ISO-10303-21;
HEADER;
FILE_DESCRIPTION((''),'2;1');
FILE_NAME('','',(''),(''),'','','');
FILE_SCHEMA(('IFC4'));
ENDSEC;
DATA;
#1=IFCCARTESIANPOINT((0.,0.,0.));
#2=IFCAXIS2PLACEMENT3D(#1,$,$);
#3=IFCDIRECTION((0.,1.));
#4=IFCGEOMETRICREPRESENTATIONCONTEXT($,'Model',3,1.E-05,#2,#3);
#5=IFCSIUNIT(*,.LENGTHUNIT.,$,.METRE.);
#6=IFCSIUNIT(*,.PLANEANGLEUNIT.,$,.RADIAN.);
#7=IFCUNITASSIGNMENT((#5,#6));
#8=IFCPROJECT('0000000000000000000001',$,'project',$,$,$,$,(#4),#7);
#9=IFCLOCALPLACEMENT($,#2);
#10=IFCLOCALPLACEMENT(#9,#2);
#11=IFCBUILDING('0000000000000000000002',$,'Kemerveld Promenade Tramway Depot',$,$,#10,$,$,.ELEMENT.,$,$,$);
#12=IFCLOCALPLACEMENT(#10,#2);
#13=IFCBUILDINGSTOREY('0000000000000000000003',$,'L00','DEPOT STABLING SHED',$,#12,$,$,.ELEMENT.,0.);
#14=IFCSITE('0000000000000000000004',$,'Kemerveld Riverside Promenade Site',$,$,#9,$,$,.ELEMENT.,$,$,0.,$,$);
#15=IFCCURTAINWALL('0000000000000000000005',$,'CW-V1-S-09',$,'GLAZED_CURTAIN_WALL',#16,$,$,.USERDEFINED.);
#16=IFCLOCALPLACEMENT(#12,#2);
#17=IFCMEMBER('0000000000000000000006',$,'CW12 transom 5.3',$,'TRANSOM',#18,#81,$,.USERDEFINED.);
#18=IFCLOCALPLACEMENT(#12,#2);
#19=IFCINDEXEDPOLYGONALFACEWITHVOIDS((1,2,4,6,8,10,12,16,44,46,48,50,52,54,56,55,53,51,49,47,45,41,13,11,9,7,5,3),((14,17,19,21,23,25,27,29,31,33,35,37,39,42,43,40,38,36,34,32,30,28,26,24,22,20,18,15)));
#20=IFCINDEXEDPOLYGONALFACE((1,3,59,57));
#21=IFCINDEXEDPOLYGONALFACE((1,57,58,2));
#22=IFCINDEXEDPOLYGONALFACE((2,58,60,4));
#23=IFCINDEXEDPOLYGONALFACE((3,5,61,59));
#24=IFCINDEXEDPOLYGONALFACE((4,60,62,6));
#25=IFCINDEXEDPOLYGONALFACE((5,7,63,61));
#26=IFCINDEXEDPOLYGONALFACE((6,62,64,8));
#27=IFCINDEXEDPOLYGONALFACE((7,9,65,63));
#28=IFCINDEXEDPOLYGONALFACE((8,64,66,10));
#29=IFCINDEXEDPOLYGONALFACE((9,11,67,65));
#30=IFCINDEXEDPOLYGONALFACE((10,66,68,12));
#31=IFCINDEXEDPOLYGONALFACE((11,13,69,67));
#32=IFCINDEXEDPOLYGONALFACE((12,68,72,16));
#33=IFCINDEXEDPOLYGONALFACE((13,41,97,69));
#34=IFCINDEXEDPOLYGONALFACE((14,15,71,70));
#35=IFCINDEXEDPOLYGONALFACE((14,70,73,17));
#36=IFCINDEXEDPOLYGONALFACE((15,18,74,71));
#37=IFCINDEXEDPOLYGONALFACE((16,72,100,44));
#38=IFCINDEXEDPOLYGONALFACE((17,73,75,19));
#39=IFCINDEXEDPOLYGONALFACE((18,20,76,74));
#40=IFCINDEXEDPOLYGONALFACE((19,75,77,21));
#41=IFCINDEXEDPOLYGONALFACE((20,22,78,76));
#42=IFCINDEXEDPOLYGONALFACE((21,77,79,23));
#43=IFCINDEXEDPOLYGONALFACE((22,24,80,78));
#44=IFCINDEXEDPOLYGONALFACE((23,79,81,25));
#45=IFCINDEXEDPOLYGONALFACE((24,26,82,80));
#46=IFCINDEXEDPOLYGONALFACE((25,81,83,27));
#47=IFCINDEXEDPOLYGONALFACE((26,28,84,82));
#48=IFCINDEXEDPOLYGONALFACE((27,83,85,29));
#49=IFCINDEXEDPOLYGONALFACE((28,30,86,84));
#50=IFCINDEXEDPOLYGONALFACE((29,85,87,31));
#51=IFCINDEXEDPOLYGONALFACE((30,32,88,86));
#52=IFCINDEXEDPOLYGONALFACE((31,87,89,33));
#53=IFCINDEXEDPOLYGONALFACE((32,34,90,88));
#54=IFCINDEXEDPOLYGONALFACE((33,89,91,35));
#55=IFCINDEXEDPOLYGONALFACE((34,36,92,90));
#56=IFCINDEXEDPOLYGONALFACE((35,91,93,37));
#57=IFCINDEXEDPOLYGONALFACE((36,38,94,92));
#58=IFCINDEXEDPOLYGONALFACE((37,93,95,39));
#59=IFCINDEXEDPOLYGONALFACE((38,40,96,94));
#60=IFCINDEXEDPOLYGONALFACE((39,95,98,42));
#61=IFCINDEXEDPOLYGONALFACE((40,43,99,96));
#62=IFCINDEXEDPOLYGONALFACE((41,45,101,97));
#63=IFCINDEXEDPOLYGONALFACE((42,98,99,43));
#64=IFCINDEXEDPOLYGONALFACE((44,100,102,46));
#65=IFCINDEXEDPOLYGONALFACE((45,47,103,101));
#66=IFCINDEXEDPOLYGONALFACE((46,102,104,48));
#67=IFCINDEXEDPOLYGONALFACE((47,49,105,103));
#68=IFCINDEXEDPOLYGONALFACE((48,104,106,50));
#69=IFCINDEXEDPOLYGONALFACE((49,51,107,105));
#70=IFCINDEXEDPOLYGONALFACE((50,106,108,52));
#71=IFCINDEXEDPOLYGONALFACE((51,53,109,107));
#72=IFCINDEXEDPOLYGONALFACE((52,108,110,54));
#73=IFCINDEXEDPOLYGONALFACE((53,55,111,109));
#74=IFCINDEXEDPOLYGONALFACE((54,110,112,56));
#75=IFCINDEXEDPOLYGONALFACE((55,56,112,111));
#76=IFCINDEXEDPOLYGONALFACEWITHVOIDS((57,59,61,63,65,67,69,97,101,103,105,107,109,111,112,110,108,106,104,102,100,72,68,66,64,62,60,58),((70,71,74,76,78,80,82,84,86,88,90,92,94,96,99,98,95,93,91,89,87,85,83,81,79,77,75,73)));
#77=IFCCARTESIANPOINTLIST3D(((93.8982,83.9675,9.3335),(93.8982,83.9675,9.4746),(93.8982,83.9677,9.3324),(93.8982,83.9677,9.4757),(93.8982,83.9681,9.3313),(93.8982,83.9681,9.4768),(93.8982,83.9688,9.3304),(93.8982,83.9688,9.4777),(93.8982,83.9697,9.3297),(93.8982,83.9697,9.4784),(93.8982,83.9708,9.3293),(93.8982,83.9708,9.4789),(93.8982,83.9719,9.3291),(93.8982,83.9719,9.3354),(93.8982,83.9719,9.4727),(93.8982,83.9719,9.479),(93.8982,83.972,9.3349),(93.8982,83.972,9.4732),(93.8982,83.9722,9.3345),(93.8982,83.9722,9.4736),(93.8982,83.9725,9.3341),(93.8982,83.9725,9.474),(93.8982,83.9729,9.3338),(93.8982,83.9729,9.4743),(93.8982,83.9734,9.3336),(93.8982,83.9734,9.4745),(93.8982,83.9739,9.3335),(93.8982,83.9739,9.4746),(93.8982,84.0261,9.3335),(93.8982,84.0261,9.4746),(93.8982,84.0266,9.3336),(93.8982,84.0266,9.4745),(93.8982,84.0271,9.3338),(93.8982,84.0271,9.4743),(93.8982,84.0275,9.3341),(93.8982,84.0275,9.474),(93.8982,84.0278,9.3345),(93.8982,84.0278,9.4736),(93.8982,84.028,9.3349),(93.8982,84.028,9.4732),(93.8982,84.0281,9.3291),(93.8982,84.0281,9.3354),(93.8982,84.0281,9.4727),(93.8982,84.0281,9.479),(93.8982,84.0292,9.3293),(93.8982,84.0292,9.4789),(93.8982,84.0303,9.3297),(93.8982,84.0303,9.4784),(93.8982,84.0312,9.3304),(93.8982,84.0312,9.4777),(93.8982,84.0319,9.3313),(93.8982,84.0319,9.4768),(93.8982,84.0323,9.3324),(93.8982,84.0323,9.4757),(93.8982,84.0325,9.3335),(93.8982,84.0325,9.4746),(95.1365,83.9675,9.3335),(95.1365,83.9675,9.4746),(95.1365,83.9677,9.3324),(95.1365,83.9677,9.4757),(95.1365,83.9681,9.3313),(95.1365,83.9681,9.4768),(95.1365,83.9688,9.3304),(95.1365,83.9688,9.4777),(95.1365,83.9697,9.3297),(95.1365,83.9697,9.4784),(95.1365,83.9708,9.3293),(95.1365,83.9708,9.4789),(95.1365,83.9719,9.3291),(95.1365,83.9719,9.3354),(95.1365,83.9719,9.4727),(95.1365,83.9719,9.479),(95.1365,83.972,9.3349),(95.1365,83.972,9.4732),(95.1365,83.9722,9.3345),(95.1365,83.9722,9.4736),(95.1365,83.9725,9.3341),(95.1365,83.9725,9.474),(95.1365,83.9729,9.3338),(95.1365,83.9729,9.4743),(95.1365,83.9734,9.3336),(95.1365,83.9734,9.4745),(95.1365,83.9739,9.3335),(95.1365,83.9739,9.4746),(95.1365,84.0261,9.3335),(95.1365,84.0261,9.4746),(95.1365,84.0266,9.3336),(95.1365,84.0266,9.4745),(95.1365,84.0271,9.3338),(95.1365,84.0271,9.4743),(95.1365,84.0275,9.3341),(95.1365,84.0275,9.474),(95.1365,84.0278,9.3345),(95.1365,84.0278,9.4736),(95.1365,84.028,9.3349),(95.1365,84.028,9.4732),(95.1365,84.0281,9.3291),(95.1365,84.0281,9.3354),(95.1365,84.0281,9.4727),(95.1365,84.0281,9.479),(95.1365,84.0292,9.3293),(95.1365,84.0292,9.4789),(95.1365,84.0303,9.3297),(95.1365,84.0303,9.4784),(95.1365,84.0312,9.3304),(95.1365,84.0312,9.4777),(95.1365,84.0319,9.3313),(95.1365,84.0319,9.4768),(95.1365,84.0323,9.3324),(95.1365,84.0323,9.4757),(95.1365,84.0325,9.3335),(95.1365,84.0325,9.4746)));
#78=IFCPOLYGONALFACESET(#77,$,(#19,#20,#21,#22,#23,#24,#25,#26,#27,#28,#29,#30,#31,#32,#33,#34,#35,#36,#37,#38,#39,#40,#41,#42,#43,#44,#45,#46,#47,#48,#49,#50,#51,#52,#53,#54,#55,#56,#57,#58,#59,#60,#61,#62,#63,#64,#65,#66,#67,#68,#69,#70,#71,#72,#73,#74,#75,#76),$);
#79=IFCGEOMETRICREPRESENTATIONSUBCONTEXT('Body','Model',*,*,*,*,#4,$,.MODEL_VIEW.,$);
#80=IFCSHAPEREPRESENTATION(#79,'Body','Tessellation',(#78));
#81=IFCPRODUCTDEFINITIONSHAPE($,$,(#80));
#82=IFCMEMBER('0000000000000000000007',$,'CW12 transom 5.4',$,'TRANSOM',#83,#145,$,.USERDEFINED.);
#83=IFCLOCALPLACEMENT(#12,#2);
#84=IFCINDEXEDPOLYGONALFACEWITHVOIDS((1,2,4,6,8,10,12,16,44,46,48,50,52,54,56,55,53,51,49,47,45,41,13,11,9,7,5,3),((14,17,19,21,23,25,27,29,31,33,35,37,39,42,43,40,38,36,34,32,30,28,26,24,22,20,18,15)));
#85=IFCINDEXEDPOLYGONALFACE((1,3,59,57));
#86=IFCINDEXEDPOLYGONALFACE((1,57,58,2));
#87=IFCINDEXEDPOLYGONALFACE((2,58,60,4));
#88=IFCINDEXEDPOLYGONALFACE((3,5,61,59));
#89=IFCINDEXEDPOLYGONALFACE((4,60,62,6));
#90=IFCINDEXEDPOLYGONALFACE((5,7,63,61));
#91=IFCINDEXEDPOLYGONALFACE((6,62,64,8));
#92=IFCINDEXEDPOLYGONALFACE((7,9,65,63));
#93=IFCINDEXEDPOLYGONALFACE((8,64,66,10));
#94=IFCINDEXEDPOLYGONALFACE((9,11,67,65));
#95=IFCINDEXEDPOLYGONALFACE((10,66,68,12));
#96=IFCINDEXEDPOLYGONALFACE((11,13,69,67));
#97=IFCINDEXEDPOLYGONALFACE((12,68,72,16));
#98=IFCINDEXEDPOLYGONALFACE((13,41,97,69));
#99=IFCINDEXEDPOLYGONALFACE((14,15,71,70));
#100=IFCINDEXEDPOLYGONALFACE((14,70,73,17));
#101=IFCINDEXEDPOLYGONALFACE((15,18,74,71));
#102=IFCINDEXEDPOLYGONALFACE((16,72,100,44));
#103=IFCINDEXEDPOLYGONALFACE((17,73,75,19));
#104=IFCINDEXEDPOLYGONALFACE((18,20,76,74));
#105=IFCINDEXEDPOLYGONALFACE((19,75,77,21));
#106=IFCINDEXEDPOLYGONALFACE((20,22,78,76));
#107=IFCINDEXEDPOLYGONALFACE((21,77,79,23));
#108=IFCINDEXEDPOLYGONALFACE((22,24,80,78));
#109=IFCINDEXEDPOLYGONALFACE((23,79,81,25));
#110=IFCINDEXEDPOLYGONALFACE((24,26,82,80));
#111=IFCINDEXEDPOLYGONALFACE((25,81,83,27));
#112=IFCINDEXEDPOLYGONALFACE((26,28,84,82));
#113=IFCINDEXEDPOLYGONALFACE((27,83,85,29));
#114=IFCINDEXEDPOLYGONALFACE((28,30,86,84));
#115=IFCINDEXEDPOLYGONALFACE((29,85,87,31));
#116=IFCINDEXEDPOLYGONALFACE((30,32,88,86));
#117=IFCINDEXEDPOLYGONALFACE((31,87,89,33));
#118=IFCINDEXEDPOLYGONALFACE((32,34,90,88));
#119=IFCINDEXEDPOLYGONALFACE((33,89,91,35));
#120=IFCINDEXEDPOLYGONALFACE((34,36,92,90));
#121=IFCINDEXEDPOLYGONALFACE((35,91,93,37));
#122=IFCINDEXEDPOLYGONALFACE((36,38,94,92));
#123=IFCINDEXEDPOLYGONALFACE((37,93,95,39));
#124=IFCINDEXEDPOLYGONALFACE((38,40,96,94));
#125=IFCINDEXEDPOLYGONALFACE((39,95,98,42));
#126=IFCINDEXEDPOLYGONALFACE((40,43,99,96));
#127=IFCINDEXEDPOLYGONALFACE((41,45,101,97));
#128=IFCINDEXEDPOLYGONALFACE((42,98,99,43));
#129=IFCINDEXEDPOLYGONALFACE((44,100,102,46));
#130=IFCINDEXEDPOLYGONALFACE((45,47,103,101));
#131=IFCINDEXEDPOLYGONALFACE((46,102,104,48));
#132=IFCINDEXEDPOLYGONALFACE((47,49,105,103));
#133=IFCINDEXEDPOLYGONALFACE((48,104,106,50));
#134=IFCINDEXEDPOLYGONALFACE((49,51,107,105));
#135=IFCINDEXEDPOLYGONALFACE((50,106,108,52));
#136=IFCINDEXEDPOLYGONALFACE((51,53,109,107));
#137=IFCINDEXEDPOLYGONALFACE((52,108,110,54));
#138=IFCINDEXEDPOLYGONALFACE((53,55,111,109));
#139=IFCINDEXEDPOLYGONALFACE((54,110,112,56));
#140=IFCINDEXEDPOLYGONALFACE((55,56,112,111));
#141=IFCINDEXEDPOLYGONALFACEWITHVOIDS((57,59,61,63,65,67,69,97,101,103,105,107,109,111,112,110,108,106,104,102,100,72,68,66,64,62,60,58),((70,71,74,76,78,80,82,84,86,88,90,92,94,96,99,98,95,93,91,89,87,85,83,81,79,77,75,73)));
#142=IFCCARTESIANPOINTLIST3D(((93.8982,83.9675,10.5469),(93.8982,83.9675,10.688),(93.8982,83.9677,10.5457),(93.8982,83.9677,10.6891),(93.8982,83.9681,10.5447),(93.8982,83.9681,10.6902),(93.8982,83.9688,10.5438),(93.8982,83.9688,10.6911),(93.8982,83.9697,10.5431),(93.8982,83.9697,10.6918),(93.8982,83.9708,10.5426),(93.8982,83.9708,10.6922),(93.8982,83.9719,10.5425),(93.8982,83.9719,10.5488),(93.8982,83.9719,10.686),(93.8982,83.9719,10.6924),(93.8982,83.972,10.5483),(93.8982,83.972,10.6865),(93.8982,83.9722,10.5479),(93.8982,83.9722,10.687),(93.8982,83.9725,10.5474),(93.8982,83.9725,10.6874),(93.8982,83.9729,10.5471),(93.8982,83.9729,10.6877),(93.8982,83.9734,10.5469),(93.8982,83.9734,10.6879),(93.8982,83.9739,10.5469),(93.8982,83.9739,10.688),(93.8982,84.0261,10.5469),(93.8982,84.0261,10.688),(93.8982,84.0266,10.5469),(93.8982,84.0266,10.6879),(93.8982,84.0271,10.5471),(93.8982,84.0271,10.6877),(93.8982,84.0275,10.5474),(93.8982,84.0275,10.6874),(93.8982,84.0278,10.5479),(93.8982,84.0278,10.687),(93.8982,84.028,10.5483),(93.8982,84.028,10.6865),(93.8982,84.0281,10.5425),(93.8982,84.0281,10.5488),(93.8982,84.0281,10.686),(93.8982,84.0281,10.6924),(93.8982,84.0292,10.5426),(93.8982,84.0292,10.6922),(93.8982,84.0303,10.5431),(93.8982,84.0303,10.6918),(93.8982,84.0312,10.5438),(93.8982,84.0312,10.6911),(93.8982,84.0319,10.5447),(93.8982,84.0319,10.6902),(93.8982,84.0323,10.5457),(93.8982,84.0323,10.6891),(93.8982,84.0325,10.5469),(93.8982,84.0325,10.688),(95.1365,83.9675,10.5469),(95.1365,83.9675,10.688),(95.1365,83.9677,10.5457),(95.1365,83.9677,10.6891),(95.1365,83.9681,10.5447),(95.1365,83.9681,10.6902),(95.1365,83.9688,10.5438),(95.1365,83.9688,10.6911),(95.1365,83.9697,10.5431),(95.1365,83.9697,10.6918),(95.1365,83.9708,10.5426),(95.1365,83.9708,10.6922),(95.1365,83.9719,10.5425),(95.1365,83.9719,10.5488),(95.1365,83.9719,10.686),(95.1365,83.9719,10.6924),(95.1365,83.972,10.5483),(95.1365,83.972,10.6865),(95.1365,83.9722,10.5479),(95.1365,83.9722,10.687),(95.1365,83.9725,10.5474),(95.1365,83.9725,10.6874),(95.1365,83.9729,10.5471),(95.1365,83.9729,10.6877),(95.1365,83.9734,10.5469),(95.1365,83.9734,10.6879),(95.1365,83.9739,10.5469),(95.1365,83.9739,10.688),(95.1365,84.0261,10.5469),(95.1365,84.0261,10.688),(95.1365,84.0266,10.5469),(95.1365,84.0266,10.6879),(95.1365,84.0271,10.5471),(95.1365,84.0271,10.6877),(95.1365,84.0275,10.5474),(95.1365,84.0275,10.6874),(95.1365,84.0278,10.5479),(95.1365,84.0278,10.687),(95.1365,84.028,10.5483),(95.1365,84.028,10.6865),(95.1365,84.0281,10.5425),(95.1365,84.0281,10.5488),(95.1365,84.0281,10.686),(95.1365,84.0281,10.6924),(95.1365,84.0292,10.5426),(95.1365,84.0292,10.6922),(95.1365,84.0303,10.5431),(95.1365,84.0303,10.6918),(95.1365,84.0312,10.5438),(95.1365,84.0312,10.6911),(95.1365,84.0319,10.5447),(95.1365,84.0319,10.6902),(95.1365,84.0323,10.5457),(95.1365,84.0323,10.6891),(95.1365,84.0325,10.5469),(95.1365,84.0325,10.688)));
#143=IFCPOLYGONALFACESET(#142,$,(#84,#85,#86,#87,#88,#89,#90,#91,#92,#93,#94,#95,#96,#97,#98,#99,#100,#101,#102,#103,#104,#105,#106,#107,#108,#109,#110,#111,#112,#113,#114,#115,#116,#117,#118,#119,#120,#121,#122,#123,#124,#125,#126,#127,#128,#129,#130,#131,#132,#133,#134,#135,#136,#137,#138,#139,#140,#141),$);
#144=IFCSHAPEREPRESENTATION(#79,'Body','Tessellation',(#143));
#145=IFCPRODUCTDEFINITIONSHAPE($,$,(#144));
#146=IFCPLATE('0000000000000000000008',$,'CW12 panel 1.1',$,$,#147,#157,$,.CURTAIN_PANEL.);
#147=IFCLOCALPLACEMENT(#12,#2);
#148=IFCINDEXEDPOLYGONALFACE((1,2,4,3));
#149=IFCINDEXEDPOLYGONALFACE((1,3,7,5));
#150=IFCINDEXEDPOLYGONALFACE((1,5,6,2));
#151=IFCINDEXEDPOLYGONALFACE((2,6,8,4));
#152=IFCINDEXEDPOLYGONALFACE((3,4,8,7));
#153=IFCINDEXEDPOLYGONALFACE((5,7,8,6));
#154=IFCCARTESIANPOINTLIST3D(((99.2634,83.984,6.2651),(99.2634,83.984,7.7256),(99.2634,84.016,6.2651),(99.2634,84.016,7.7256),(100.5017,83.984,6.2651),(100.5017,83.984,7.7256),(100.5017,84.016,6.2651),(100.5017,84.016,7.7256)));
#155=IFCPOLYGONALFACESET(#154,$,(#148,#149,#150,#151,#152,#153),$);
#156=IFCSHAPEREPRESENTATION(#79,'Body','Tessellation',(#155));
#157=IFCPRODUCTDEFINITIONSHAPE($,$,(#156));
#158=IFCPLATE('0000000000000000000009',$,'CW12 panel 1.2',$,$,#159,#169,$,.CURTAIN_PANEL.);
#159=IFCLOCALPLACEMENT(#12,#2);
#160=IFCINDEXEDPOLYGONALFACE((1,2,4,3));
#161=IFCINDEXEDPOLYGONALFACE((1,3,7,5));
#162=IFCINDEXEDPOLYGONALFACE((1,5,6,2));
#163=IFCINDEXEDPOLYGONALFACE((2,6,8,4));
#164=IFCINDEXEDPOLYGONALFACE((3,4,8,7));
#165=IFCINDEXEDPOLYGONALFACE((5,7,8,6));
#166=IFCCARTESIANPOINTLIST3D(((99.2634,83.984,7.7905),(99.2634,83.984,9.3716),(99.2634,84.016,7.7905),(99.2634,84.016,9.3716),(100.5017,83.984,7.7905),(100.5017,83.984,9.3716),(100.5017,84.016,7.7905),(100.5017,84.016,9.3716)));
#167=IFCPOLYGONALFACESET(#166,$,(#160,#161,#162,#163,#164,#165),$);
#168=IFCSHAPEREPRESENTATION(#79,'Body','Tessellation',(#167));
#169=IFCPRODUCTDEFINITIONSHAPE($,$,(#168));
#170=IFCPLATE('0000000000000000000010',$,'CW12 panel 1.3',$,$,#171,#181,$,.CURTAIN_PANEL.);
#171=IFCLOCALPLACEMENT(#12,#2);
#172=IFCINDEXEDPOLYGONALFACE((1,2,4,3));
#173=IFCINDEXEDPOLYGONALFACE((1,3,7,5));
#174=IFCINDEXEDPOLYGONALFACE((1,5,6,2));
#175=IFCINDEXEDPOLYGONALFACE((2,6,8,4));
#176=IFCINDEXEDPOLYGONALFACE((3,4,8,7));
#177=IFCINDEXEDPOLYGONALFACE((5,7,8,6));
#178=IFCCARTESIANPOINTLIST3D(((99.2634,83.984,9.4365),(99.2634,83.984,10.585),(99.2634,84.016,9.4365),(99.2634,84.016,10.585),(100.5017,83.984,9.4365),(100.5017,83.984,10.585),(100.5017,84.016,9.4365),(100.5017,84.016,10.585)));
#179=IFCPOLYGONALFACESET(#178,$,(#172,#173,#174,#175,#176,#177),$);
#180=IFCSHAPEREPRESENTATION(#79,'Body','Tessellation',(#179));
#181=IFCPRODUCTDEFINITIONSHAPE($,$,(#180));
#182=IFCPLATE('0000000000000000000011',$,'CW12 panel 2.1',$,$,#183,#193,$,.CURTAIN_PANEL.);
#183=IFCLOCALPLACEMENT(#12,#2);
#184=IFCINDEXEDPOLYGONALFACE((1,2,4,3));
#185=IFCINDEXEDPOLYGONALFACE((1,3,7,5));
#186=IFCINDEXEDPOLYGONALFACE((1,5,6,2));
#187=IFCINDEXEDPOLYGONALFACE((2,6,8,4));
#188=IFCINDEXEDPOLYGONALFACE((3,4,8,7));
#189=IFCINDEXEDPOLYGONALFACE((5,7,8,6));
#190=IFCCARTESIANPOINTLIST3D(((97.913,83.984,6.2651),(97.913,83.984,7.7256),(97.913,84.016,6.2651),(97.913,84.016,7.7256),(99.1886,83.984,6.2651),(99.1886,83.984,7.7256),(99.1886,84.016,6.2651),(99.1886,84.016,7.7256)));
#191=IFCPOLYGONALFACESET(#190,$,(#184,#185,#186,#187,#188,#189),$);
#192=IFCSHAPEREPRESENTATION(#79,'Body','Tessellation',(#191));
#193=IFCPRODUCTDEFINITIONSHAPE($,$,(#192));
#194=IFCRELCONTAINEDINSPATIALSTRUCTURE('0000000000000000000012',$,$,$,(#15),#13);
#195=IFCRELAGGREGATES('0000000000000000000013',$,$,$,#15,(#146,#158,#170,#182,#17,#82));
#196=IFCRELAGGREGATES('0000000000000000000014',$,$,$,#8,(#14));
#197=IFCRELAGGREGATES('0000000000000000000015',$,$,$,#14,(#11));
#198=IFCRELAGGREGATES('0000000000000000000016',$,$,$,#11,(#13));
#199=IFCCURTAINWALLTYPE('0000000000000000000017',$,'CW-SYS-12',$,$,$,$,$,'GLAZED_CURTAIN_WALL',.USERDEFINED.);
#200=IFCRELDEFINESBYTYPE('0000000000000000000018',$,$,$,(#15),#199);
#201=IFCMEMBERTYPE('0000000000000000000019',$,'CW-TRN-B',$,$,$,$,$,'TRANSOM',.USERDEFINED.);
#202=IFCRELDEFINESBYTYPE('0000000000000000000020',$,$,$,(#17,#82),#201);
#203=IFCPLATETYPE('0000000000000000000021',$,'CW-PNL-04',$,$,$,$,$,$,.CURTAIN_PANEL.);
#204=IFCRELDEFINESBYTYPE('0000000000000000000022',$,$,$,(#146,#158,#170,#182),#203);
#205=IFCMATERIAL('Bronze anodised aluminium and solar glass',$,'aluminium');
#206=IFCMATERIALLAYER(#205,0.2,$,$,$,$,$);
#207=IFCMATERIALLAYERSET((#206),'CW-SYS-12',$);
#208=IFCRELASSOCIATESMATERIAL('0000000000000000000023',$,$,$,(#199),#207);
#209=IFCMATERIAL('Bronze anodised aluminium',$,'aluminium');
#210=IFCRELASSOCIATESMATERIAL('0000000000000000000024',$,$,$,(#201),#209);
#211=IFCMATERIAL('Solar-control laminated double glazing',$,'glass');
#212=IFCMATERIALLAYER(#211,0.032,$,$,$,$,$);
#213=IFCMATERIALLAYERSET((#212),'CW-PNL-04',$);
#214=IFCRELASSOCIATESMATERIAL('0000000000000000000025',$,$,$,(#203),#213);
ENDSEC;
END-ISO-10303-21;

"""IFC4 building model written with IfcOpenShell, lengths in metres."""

from ifc_helpers import new_model, si_unit, direction, frame, origin, origin_2d, place, context, subcontext, project, spatial, rectangle, hollow_rectangle, extrude, material, layer, layer_set, material_profile, profile_set, type_object, element, aggregate, save


model = new_model("IFC4")

# Units and contexts
model_context = context("Model", 3, precision=1e-05, world=origin(), true_north=direction((0.0, 1.0)))
body_context = subcontext(model_context, "Body", "Model", "MODEL_VIEW")
ifc_project = project(units=[si_unit("LENGTHUNIT", "METRE"), si_unit("PLANEANGLEUNIT", "RADIAN")], contexts=[model_context])

# Site, building, storey
site_placement = place(None, origin())
site = spatial("IfcSite", under=ifc_project, at=site_placement, Name="Kemerveld Riverside Promenade Site", CompositionType="ELEMENT", RefElevation=0.0)
building_placement = place(site_placement, origin())
building = spatial("IfcBuilding", under=site, at=building_placement, Name="Kemerveld Promenade Tramway Depot", CompositionType="ELEMENT")
storey_placement = place(building_placement, origin())
storey = spatial("IfcBuildingStorey", under=building, at=storey_placement, Name="L00", Description="DEPOT STABLING SHED", CompositionType="ELEMENT", Elevation=0.0)

# Curtain wall, members, plates
ifc_material_1 = material(Name="Bronze anodised aluminium and solar glass", Category="aluminium")
ifc_layer_1 = layer(ifc_material_1, 0.2)
ifc_layer_set_1 = layer_set([ifc_layer_1], Name="CW-SYS-12")
curtain_wall_type = type_object("IfcCurtainWallType", Name="CW-SYS-12", ElementType="GLAZED_CURTAIN_WALL", PredefinedType="USERDEFINED", material=ifc_layer_set_1)
curtain_wall_placement = place(storey_placement, origin())
curtain_wall = element("IfcCurtainWall", 1, at=curtain_wall_placement, inside=storey, type_object=curtain_wall_type, Name="CW-V1-S-09", ObjectType="GLAZED_CURTAIN_WALL", PredefinedType="USERDEFINED")
ifc_material_2 = material(Name="Bronze anodised aluminium", Category="aluminium")
ifc_material_profile_1 = material_profile(ifc_material_2, hollow_rectangle(XDim=0.0649, YDim=0.1499, WallThickness=0.0044, InnerFilletRadius=0.002, OuterFilletRadius=0.0044, at=origin_2d()), Name="CW-TRN-150x65")
ifc_profile_set_1 = profile_set([ifc_material_profile_1], Name="Bronze anodised aluminium")
member_type_1 = type_object("IfcMemberType", Name="CW-TRN-B", ElementType="TRANSOM", PredefinedType="USERDEFINED", material=ifc_profile_set_1)
member_1_placement = place(storey_placement, frame((95.1365, 84.0, 9.4041), z_axis=(-1.0, 0.0, 0.0), x_axis=(0.0, -1.0, 0.0)))
member_1 = element("IfcMember", 2, at=member_1_placement, type_object=member_type_1, Name="CW12 transom 5.3", ObjectType="TRANSOM", PredefinedType="USERDEFINED", context=body_context, shape_type="SweptSolid", body=[
    extrude(hollow_rectangle(XDim=0.0649, YDim=0.1499, WallThickness=0.0044, InnerFilletRadius=0.002, OuterFilletRadius=0.0044, at=origin_2d()), origin(), (0.0, 0.0, 1.0), 1.2383),
])
member_2_placement = place(storey_placement, frame((95.1365, 84.0, 10.6174), z_axis=(-1.0, 0.0, 0.0), x_axis=(0.0, -1.0, 0.0)))
member_2 = element("IfcMember", 3, at=member_2_placement, type_object=member_type_1, Name="CW12 transom 5.4", ObjectType="TRANSOM", PredefinedType="USERDEFINED", context=body_context, shape_type="SweptSolid", body=[
    extrude(hollow_rectangle(XDim=0.0649, YDim=0.1499, WallThickness=0.0044, InnerFilletRadius=0.002, OuterFilletRadius=0.0044, at=origin_2d()), origin(), (0.0, 0.0, 1.0), 1.2383),
])
ifc_material_3 = material(Name="Solar-control laminated double glazing", Category="glass")
ifc_layer_2 = layer(ifc_material_3, 0.032)
ifc_layer_set_2 = layer_set([ifc_layer_2], Name="CW-PNL-04")
plate_type = type_object("IfcPlateType", Name="CW-PNL-04", PredefinedType="CURTAIN_PANEL", material=ifc_layer_set_2)
plate_1_placement = place(storey_placement, frame((99.8826, 84.0, 6.2651), z_axis=(0.0, 0.0, 1.0), x_axis=(-1.0, 0.0, 0.0)))
plate_1 = element("IfcPlate", 4, at=plate_1_placement, type_object=plate_type, Name="CW12 panel 1.1", PredefinedType="CURTAIN_PANEL", context=body_context, shape_type="SweptSolid", body=[
    extrude(rectangle(XDim=1.2383, YDim=0.032, at=origin_2d()), origin(), (0.0, 0.0, 1.0), 1.4604),
])
plate_2_placement = place(storey_placement, frame((99.8826, 84.0, 7.7905), z_axis=(0.0, 0.0, 1.0), x_axis=(-1.0, 0.0, 0.0)))
plate_2 = element("IfcPlate", 5, at=plate_2_placement, type_object=plate_type, Name="CW12 panel 1.2", PredefinedType="CURTAIN_PANEL", context=body_context, shape_type="SweptSolid", body=[
    extrude(rectangle(XDim=1.2383, YDim=0.032, at=origin_2d()), origin(), (0.0, 0.0, 1.0), 1.5811),
])
plate_3_placement = place(storey_placement, frame((99.8826, 84.0, 9.4365), z_axis=(0.0, 0.0, 1.0), x_axis=(-1.0, 0.0, 0.0)))
plate_3 = element("IfcPlate", 6, at=plate_3_placement, type_object=plate_type, Name="CW12 panel 1.3", PredefinedType="CURTAIN_PANEL", context=body_context, shape_type="SweptSolid", body=[
    extrude(rectangle(XDim=1.2383, YDim=0.032, at=origin_2d()), origin(), (0.0, 0.0, 1.0), 1.1484),
])
plate_4_placement = place(storey_placement, frame((98.5508, 84.0, 6.2651), z_axis=(0.0, 0.0, 1.0), x_axis=(-1.0, 0.0, 0.0)))
plate_4 = element("IfcPlate", 7, at=plate_4_placement, type_object=plate_type, Name="CW12 panel 2.1", PredefinedType="CURTAIN_PANEL", context=body_context, shape_type="SweptSolid", body=[
    extrude(rectangle(XDim=1.2756, YDim=0.032, at=origin_2d()), origin(), (0.0, 0.0, 1.0), 1.4604),
])
aggregate(curtain_wall, [plate_1, plate_2, plate_3, plate_4, member_1, member_2])

save(model, "model.ifc")
